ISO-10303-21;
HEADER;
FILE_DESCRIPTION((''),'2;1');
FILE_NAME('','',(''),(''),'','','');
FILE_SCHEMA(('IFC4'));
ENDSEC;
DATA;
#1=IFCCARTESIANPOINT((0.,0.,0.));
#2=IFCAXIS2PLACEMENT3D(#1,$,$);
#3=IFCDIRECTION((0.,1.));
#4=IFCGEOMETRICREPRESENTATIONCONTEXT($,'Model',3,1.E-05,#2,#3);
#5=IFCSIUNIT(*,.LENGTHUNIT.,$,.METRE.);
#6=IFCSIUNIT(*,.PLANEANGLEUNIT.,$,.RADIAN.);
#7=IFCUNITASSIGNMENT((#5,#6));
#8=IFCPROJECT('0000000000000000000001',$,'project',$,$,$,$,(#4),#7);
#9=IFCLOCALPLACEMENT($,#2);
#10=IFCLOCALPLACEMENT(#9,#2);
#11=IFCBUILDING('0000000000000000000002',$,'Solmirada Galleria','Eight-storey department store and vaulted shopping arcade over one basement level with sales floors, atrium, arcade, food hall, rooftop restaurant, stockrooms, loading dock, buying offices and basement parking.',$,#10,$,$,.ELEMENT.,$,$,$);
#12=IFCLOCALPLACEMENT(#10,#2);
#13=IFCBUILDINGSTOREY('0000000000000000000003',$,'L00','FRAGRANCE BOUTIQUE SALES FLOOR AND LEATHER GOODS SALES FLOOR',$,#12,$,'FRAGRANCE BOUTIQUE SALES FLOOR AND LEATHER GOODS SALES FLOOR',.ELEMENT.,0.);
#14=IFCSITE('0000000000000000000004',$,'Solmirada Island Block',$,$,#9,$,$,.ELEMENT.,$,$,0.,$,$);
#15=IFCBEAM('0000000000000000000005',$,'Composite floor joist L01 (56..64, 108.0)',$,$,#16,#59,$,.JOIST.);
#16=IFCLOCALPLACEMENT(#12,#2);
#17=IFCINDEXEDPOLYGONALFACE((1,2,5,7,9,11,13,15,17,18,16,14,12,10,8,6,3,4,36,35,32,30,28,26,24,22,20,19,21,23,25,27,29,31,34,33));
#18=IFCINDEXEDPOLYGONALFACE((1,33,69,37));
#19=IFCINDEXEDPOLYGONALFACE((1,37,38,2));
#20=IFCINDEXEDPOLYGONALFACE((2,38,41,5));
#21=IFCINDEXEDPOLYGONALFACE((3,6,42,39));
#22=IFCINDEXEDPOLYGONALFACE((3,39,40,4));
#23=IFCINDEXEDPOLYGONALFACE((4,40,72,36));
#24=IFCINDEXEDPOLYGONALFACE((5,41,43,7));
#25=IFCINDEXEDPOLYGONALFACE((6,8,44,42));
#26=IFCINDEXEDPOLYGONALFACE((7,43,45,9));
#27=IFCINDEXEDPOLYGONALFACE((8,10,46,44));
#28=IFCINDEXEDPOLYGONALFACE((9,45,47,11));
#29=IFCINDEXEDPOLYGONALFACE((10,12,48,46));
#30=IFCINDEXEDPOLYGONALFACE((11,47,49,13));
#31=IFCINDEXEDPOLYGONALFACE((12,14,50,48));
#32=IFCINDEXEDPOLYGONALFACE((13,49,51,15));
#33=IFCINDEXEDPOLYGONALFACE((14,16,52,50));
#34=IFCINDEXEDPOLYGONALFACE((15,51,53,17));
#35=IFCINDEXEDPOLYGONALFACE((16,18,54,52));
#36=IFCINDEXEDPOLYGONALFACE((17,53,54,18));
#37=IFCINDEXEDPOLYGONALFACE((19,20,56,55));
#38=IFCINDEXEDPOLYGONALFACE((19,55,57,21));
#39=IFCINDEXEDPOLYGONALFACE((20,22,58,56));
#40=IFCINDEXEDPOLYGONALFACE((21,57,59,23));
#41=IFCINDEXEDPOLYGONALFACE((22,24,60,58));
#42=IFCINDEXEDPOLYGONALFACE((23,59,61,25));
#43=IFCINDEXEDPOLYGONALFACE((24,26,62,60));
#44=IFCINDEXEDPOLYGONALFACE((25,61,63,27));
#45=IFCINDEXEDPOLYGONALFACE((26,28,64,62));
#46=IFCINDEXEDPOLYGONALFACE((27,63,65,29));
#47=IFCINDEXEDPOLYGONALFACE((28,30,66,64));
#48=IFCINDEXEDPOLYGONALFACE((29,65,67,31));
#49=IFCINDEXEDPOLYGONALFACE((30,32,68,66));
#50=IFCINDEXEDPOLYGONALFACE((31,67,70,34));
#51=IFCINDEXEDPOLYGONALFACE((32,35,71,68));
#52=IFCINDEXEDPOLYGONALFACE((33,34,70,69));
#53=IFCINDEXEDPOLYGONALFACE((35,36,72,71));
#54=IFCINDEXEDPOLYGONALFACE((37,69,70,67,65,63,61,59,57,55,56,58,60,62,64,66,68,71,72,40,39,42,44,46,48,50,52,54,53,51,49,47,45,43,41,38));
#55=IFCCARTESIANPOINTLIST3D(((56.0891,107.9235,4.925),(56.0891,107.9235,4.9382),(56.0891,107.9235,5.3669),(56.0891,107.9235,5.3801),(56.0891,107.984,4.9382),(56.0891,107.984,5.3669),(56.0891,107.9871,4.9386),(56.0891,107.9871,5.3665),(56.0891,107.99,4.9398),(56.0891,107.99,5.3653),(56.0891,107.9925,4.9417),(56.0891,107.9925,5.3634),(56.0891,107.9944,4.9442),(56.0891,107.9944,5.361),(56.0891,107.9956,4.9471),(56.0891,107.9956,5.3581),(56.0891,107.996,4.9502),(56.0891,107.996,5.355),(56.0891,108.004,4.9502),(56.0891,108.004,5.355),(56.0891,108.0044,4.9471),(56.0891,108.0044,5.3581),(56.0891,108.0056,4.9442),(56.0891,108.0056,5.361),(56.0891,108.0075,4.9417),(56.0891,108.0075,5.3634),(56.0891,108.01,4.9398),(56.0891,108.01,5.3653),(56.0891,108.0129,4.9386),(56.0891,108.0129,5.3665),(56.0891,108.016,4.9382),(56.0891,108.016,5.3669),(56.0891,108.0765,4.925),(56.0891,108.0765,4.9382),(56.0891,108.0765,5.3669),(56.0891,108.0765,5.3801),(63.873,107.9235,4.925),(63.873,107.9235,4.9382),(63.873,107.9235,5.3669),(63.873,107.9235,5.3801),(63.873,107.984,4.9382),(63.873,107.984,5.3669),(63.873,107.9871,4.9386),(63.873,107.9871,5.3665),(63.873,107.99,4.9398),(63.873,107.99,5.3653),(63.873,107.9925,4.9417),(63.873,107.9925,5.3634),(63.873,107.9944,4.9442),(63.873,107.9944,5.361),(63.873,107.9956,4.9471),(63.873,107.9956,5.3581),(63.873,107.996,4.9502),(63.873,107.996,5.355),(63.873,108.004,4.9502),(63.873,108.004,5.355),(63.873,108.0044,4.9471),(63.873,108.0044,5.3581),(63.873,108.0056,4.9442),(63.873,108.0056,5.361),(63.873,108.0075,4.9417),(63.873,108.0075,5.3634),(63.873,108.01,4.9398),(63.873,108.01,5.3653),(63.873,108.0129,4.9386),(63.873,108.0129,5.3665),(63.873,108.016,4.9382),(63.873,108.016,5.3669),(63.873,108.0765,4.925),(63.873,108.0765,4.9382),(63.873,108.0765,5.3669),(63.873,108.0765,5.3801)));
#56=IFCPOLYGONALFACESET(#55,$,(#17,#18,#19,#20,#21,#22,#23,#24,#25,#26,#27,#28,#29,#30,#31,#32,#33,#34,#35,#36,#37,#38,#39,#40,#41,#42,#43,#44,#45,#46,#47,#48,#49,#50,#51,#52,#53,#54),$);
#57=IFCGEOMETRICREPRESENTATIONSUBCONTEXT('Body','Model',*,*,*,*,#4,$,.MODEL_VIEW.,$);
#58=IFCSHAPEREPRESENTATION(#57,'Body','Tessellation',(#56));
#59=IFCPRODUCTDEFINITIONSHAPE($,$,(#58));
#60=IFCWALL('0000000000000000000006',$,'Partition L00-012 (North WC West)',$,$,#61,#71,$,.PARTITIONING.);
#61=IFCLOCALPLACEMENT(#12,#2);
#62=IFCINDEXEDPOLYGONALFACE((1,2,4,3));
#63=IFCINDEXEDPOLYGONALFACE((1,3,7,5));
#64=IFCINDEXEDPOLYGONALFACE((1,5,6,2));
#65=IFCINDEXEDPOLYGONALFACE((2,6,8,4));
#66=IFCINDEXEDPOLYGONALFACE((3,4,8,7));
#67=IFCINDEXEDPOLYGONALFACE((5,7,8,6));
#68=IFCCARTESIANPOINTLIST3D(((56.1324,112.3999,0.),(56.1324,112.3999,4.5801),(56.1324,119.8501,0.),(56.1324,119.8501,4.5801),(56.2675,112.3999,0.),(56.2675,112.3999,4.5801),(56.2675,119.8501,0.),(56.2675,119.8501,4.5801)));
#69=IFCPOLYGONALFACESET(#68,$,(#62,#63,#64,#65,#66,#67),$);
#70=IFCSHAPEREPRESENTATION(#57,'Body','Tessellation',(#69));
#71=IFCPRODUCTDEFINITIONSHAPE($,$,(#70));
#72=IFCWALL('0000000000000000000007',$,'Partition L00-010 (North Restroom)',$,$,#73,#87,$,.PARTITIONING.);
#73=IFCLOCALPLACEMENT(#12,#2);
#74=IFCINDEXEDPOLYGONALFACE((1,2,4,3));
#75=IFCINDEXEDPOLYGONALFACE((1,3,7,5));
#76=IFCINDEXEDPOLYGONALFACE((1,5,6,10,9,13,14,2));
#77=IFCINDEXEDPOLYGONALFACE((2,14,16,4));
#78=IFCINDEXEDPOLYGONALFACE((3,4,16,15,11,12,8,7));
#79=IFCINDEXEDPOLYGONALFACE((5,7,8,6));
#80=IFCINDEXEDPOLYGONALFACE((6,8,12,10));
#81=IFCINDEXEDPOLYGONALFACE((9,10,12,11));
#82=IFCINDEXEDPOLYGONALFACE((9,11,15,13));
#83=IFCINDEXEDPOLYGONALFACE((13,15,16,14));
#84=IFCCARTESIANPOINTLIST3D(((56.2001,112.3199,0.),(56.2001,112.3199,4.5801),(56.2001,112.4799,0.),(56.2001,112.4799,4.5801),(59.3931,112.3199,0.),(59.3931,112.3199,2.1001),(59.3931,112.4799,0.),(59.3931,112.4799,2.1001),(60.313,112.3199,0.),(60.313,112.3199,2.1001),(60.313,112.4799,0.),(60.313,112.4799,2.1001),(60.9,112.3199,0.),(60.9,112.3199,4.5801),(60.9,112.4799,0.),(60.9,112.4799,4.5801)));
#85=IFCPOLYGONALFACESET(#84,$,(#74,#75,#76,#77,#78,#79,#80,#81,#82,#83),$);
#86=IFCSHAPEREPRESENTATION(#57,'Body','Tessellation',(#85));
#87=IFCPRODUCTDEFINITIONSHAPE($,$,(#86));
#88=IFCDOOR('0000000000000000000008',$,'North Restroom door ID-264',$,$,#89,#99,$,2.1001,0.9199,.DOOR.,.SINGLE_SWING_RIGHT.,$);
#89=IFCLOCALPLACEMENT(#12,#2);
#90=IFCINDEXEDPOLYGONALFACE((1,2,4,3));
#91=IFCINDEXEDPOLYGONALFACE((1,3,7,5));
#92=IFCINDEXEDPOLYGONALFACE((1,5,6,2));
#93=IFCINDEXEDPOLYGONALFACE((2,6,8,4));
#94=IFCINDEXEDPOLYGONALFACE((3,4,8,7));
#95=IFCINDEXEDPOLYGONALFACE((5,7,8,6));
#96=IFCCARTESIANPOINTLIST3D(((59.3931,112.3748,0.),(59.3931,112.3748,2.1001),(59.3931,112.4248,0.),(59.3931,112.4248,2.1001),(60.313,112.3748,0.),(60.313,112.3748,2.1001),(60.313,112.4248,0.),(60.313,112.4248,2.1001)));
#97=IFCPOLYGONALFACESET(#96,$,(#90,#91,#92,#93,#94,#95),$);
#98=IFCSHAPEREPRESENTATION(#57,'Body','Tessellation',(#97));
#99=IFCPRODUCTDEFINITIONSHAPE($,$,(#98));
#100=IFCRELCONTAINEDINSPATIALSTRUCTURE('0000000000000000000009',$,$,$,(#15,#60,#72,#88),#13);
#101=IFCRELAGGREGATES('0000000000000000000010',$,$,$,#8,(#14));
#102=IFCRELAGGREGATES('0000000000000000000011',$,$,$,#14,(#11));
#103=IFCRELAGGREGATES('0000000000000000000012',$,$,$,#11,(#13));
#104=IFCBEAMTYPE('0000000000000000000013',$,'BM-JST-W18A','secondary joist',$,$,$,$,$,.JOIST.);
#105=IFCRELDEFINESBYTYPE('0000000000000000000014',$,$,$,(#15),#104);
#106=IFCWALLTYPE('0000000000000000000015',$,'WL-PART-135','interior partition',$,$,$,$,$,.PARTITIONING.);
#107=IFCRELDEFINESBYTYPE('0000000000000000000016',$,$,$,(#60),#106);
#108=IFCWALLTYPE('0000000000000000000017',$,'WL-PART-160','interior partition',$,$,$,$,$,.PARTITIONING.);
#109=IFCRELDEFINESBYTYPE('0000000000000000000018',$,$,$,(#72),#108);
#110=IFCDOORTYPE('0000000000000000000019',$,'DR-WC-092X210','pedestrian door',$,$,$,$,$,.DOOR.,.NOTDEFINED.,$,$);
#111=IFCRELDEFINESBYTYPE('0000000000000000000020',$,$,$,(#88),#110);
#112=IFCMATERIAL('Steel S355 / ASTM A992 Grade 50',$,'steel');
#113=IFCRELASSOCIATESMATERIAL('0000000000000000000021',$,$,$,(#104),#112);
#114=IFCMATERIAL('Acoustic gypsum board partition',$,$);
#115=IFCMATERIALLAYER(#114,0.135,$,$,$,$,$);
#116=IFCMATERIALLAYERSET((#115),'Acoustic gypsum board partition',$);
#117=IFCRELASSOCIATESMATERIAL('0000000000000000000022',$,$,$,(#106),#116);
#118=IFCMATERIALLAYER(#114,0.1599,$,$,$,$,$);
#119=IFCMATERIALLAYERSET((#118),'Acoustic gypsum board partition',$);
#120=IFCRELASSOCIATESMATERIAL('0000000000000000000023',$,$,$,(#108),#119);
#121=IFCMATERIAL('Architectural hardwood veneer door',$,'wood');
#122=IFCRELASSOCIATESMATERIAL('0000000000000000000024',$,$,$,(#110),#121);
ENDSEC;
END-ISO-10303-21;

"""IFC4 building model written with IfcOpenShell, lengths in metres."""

from ifc_helpers import new_model, si_unit, direction, frame, frame_2d, origin, origin_2d, place, context, subcontext, project, spatial, rectangle, i_section, extrude, material, layer, layer_set, material_profile, profile_set, type_object, element, fill, save


model = new_model("IFC4")

# Units and contexts
model_context = context("Model", 3, precision=1e-05, world=origin(), true_north=direction((0.0, 1.0)))
body_context = subcontext(model_context, "Body", "Model", "MODEL_VIEW")
ifc_project = project(units=[si_unit("LENGTHUNIT", "METRE"), si_unit("PLANEANGLEUNIT", "RADIAN")], contexts=[model_context])

# Site, building, storey
site_placement = place(None, origin())
site = spatial("IfcSite", under=ifc_project, at=site_placement, Name="Solmirada Island Block", CompositionType="ELEMENT", RefElevation=0.0)
building_placement = place(site_placement, origin())
building = spatial("IfcBuilding", under=site, at=building_placement, Name="Solmirada Galleria", Description="Eight-storey department store and vaulted shopping arcade over one basement level with sales floors, atrium, arcade, food hall, rooftop restaurant, stockrooms, loading dock, buying offices and basement parking.", CompositionType="ELEMENT")
storey_placement = place(building_placement, origin())
storey = spatial("IfcBuildingStorey", under=building, at=storey_placement, Name="L00", Description="FRAGRANCE BOUTIQUE SALES FLOOR AND LEATHER GOODS SALES FLOOR", LongName="FRAGRANCE BOUTIQUE SALES FLOOR AND LEATHER GOODS SALES FLOOR", CompositionType="ELEMENT", Elevation=0.0)

# Beam
ifc_material_1 = material(Name="Steel S355 / ASTM A992 Grade 50", Category="steel")
ifc_material_profile_1 = material_profile(ifc_material_1, i_section(OverallWidth=0.1531, OverallDepth=0.4551, WebThickness=0.0081, FlangeThickness=0.0132, FilletRadius=0.012, at=origin_2d()), Name="W18X40")
ifc_profile_set_1 = profile_set([ifc_material_profile_1], Name="Steel S355 / ASTM A992 Grade 50")
beam_type_1 = type_object("IfcBeamType", Name="BM-JST-W18A", Description="secondary joist", PredefinedType="JOIST", material=ifc_profile_set_1)
beam_1_placement = place(storey_placement, frame((56.0891, 108.0, 5.1526), z_axis=(1.0, 0.0, 0.0), x_axis=(0.0, 1.0, 0.0)))
element("IfcBeam", 1, at=beam_1_placement, inside=storey, type_object=beam_type_1, Name="Composite floor joist L01 (56..64, 108.0)", PredefinedType="JOIST", context=body_context, shape_type="SweptSolid", body=[
    extrude(i_section(OverallWidth=0.1531, OverallDepth=0.4551, WebThickness=0.0081, FlangeThickness=0.0132, FilletRadius=0.012, at=origin_2d()), origin(), (0.0, 0.0, 1.0), 7.7839),
])

# Wall
ifc_material_2 = material(Name="Acoustic gypsum board partition")
ifc_layer_1 = layer(ifc_material_2, 0.135)
ifc_layer_set_1 = layer_set([ifc_layer_1], Name="Acoustic gypsum board partition")
wall_type_1 = type_object("IfcWallType", Name="WL-PART-135", Description="interior partition", PredefinedType="PARTITIONING", material=ifc_layer_set_1)
wall_1_placement = place(storey_placement, frame((56.2, 112.3999, 0.0), z_axis=(0.0, 0.0, 1.0), x_axis=(0.0, 1.0, 0.0)))
element("IfcWall", 2, at=wall_1_placement, inside=storey, type_object=wall_type_1, Name="Partition L00-012 (North WC West)", PredefinedType="PARTITIONING", context=body_context, shape_type="SweptSolid", body=[
    extrude(rectangle(XDim=7.4502, YDim=0.135, at=frame_2d((3.7251, 0.0))), origin(), (0.0, 0.0, 1.0), 4.5801),
])

# Wall, opening, door
ifc_layer_2 = layer(ifc_material_2, 0.1599)
ifc_layer_set_2 = layer_set([ifc_layer_2], Name="Acoustic gypsum board partition")
wall_type_2 = type_object("IfcWallType", Name="WL-PART-160", Description="interior partition", PredefinedType="PARTITIONING", material=ifc_layer_set_2)
wall_2_placement = place(storey_placement, frame((56.2, 112.3999, 0.0), z_axis=(0.0, 0.0, 1.0), x_axis=(1.0, 0.0, 0.0)))
wall_2 = element("IfcWall", 3, at=wall_2_placement, inside=storey, type_object=wall_type_2, Name="Partition L00-010 (North Restroom)", PredefinedType="PARTITIONING", context=body_context, shape_type="SweptSolid", body=[
    extrude(rectangle(XDim=4.7, YDim=0.1599, at=frame_2d((2.3501, 0.0))), origin(), (0.0, 0.0, 1.0), 4.5801),
])
opening_1_placement = place(wall_2_placement, frame((3.1931, 0.0, 0.0)))
opening_1 = element("IfcOpeningElement", 4, at=opening_1_placement, cuts=wall_2, PredefinedType="OPENING", context=body_context, shape_type="SweptSolid", body=[
    extrude(rectangle(XDim=0.9199, YDim=2.1001, at=frame_2d((0.46, 1.05))), frame((0.0, 0.0898, 0.0), z_axis=(0.0, -1.0, 0.0), x_axis=(1.0, 0.0, 0.0)), (0.0, 0.0, 1.0), 0.1799),
])
ifc_material_3 = material(Name="Architectural hardwood veneer door", Category="wood")
door_type_1 = type_object("IfcDoorType", Name="DR-WC-092X210", Description="pedestrian door", OperationType="NOTDEFINED", PredefinedType="DOOR", material=ifc_material_3)
door_1_placement = place(opening_1_placement, origin())
door_1 = element("IfcDoor", 5, at=door_1_placement, inside=storey, type_object=door_type_1, Name="North Restroom door ID-264", OperationType="SINGLE_SWING_RIGHT", OverallHeight=2.1001, OverallWidth=0.9199, PredefinedType="DOOR", context=body_context, shape_type="SweptSolid", body=[
    extrude(rectangle(XDim=0.9199, YDim=2.1001, at=frame_2d((0.46, 1.05))), frame((0.0, 0.0249, 0.0), z_axis=(0.0, -1.0, 0.0), x_axis=(1.0, 0.0, 0.0)), (0.0, 0.0, 1.0), 0.05),
])
fill(opening_1, door_1)

save(model, "model.ifc")
